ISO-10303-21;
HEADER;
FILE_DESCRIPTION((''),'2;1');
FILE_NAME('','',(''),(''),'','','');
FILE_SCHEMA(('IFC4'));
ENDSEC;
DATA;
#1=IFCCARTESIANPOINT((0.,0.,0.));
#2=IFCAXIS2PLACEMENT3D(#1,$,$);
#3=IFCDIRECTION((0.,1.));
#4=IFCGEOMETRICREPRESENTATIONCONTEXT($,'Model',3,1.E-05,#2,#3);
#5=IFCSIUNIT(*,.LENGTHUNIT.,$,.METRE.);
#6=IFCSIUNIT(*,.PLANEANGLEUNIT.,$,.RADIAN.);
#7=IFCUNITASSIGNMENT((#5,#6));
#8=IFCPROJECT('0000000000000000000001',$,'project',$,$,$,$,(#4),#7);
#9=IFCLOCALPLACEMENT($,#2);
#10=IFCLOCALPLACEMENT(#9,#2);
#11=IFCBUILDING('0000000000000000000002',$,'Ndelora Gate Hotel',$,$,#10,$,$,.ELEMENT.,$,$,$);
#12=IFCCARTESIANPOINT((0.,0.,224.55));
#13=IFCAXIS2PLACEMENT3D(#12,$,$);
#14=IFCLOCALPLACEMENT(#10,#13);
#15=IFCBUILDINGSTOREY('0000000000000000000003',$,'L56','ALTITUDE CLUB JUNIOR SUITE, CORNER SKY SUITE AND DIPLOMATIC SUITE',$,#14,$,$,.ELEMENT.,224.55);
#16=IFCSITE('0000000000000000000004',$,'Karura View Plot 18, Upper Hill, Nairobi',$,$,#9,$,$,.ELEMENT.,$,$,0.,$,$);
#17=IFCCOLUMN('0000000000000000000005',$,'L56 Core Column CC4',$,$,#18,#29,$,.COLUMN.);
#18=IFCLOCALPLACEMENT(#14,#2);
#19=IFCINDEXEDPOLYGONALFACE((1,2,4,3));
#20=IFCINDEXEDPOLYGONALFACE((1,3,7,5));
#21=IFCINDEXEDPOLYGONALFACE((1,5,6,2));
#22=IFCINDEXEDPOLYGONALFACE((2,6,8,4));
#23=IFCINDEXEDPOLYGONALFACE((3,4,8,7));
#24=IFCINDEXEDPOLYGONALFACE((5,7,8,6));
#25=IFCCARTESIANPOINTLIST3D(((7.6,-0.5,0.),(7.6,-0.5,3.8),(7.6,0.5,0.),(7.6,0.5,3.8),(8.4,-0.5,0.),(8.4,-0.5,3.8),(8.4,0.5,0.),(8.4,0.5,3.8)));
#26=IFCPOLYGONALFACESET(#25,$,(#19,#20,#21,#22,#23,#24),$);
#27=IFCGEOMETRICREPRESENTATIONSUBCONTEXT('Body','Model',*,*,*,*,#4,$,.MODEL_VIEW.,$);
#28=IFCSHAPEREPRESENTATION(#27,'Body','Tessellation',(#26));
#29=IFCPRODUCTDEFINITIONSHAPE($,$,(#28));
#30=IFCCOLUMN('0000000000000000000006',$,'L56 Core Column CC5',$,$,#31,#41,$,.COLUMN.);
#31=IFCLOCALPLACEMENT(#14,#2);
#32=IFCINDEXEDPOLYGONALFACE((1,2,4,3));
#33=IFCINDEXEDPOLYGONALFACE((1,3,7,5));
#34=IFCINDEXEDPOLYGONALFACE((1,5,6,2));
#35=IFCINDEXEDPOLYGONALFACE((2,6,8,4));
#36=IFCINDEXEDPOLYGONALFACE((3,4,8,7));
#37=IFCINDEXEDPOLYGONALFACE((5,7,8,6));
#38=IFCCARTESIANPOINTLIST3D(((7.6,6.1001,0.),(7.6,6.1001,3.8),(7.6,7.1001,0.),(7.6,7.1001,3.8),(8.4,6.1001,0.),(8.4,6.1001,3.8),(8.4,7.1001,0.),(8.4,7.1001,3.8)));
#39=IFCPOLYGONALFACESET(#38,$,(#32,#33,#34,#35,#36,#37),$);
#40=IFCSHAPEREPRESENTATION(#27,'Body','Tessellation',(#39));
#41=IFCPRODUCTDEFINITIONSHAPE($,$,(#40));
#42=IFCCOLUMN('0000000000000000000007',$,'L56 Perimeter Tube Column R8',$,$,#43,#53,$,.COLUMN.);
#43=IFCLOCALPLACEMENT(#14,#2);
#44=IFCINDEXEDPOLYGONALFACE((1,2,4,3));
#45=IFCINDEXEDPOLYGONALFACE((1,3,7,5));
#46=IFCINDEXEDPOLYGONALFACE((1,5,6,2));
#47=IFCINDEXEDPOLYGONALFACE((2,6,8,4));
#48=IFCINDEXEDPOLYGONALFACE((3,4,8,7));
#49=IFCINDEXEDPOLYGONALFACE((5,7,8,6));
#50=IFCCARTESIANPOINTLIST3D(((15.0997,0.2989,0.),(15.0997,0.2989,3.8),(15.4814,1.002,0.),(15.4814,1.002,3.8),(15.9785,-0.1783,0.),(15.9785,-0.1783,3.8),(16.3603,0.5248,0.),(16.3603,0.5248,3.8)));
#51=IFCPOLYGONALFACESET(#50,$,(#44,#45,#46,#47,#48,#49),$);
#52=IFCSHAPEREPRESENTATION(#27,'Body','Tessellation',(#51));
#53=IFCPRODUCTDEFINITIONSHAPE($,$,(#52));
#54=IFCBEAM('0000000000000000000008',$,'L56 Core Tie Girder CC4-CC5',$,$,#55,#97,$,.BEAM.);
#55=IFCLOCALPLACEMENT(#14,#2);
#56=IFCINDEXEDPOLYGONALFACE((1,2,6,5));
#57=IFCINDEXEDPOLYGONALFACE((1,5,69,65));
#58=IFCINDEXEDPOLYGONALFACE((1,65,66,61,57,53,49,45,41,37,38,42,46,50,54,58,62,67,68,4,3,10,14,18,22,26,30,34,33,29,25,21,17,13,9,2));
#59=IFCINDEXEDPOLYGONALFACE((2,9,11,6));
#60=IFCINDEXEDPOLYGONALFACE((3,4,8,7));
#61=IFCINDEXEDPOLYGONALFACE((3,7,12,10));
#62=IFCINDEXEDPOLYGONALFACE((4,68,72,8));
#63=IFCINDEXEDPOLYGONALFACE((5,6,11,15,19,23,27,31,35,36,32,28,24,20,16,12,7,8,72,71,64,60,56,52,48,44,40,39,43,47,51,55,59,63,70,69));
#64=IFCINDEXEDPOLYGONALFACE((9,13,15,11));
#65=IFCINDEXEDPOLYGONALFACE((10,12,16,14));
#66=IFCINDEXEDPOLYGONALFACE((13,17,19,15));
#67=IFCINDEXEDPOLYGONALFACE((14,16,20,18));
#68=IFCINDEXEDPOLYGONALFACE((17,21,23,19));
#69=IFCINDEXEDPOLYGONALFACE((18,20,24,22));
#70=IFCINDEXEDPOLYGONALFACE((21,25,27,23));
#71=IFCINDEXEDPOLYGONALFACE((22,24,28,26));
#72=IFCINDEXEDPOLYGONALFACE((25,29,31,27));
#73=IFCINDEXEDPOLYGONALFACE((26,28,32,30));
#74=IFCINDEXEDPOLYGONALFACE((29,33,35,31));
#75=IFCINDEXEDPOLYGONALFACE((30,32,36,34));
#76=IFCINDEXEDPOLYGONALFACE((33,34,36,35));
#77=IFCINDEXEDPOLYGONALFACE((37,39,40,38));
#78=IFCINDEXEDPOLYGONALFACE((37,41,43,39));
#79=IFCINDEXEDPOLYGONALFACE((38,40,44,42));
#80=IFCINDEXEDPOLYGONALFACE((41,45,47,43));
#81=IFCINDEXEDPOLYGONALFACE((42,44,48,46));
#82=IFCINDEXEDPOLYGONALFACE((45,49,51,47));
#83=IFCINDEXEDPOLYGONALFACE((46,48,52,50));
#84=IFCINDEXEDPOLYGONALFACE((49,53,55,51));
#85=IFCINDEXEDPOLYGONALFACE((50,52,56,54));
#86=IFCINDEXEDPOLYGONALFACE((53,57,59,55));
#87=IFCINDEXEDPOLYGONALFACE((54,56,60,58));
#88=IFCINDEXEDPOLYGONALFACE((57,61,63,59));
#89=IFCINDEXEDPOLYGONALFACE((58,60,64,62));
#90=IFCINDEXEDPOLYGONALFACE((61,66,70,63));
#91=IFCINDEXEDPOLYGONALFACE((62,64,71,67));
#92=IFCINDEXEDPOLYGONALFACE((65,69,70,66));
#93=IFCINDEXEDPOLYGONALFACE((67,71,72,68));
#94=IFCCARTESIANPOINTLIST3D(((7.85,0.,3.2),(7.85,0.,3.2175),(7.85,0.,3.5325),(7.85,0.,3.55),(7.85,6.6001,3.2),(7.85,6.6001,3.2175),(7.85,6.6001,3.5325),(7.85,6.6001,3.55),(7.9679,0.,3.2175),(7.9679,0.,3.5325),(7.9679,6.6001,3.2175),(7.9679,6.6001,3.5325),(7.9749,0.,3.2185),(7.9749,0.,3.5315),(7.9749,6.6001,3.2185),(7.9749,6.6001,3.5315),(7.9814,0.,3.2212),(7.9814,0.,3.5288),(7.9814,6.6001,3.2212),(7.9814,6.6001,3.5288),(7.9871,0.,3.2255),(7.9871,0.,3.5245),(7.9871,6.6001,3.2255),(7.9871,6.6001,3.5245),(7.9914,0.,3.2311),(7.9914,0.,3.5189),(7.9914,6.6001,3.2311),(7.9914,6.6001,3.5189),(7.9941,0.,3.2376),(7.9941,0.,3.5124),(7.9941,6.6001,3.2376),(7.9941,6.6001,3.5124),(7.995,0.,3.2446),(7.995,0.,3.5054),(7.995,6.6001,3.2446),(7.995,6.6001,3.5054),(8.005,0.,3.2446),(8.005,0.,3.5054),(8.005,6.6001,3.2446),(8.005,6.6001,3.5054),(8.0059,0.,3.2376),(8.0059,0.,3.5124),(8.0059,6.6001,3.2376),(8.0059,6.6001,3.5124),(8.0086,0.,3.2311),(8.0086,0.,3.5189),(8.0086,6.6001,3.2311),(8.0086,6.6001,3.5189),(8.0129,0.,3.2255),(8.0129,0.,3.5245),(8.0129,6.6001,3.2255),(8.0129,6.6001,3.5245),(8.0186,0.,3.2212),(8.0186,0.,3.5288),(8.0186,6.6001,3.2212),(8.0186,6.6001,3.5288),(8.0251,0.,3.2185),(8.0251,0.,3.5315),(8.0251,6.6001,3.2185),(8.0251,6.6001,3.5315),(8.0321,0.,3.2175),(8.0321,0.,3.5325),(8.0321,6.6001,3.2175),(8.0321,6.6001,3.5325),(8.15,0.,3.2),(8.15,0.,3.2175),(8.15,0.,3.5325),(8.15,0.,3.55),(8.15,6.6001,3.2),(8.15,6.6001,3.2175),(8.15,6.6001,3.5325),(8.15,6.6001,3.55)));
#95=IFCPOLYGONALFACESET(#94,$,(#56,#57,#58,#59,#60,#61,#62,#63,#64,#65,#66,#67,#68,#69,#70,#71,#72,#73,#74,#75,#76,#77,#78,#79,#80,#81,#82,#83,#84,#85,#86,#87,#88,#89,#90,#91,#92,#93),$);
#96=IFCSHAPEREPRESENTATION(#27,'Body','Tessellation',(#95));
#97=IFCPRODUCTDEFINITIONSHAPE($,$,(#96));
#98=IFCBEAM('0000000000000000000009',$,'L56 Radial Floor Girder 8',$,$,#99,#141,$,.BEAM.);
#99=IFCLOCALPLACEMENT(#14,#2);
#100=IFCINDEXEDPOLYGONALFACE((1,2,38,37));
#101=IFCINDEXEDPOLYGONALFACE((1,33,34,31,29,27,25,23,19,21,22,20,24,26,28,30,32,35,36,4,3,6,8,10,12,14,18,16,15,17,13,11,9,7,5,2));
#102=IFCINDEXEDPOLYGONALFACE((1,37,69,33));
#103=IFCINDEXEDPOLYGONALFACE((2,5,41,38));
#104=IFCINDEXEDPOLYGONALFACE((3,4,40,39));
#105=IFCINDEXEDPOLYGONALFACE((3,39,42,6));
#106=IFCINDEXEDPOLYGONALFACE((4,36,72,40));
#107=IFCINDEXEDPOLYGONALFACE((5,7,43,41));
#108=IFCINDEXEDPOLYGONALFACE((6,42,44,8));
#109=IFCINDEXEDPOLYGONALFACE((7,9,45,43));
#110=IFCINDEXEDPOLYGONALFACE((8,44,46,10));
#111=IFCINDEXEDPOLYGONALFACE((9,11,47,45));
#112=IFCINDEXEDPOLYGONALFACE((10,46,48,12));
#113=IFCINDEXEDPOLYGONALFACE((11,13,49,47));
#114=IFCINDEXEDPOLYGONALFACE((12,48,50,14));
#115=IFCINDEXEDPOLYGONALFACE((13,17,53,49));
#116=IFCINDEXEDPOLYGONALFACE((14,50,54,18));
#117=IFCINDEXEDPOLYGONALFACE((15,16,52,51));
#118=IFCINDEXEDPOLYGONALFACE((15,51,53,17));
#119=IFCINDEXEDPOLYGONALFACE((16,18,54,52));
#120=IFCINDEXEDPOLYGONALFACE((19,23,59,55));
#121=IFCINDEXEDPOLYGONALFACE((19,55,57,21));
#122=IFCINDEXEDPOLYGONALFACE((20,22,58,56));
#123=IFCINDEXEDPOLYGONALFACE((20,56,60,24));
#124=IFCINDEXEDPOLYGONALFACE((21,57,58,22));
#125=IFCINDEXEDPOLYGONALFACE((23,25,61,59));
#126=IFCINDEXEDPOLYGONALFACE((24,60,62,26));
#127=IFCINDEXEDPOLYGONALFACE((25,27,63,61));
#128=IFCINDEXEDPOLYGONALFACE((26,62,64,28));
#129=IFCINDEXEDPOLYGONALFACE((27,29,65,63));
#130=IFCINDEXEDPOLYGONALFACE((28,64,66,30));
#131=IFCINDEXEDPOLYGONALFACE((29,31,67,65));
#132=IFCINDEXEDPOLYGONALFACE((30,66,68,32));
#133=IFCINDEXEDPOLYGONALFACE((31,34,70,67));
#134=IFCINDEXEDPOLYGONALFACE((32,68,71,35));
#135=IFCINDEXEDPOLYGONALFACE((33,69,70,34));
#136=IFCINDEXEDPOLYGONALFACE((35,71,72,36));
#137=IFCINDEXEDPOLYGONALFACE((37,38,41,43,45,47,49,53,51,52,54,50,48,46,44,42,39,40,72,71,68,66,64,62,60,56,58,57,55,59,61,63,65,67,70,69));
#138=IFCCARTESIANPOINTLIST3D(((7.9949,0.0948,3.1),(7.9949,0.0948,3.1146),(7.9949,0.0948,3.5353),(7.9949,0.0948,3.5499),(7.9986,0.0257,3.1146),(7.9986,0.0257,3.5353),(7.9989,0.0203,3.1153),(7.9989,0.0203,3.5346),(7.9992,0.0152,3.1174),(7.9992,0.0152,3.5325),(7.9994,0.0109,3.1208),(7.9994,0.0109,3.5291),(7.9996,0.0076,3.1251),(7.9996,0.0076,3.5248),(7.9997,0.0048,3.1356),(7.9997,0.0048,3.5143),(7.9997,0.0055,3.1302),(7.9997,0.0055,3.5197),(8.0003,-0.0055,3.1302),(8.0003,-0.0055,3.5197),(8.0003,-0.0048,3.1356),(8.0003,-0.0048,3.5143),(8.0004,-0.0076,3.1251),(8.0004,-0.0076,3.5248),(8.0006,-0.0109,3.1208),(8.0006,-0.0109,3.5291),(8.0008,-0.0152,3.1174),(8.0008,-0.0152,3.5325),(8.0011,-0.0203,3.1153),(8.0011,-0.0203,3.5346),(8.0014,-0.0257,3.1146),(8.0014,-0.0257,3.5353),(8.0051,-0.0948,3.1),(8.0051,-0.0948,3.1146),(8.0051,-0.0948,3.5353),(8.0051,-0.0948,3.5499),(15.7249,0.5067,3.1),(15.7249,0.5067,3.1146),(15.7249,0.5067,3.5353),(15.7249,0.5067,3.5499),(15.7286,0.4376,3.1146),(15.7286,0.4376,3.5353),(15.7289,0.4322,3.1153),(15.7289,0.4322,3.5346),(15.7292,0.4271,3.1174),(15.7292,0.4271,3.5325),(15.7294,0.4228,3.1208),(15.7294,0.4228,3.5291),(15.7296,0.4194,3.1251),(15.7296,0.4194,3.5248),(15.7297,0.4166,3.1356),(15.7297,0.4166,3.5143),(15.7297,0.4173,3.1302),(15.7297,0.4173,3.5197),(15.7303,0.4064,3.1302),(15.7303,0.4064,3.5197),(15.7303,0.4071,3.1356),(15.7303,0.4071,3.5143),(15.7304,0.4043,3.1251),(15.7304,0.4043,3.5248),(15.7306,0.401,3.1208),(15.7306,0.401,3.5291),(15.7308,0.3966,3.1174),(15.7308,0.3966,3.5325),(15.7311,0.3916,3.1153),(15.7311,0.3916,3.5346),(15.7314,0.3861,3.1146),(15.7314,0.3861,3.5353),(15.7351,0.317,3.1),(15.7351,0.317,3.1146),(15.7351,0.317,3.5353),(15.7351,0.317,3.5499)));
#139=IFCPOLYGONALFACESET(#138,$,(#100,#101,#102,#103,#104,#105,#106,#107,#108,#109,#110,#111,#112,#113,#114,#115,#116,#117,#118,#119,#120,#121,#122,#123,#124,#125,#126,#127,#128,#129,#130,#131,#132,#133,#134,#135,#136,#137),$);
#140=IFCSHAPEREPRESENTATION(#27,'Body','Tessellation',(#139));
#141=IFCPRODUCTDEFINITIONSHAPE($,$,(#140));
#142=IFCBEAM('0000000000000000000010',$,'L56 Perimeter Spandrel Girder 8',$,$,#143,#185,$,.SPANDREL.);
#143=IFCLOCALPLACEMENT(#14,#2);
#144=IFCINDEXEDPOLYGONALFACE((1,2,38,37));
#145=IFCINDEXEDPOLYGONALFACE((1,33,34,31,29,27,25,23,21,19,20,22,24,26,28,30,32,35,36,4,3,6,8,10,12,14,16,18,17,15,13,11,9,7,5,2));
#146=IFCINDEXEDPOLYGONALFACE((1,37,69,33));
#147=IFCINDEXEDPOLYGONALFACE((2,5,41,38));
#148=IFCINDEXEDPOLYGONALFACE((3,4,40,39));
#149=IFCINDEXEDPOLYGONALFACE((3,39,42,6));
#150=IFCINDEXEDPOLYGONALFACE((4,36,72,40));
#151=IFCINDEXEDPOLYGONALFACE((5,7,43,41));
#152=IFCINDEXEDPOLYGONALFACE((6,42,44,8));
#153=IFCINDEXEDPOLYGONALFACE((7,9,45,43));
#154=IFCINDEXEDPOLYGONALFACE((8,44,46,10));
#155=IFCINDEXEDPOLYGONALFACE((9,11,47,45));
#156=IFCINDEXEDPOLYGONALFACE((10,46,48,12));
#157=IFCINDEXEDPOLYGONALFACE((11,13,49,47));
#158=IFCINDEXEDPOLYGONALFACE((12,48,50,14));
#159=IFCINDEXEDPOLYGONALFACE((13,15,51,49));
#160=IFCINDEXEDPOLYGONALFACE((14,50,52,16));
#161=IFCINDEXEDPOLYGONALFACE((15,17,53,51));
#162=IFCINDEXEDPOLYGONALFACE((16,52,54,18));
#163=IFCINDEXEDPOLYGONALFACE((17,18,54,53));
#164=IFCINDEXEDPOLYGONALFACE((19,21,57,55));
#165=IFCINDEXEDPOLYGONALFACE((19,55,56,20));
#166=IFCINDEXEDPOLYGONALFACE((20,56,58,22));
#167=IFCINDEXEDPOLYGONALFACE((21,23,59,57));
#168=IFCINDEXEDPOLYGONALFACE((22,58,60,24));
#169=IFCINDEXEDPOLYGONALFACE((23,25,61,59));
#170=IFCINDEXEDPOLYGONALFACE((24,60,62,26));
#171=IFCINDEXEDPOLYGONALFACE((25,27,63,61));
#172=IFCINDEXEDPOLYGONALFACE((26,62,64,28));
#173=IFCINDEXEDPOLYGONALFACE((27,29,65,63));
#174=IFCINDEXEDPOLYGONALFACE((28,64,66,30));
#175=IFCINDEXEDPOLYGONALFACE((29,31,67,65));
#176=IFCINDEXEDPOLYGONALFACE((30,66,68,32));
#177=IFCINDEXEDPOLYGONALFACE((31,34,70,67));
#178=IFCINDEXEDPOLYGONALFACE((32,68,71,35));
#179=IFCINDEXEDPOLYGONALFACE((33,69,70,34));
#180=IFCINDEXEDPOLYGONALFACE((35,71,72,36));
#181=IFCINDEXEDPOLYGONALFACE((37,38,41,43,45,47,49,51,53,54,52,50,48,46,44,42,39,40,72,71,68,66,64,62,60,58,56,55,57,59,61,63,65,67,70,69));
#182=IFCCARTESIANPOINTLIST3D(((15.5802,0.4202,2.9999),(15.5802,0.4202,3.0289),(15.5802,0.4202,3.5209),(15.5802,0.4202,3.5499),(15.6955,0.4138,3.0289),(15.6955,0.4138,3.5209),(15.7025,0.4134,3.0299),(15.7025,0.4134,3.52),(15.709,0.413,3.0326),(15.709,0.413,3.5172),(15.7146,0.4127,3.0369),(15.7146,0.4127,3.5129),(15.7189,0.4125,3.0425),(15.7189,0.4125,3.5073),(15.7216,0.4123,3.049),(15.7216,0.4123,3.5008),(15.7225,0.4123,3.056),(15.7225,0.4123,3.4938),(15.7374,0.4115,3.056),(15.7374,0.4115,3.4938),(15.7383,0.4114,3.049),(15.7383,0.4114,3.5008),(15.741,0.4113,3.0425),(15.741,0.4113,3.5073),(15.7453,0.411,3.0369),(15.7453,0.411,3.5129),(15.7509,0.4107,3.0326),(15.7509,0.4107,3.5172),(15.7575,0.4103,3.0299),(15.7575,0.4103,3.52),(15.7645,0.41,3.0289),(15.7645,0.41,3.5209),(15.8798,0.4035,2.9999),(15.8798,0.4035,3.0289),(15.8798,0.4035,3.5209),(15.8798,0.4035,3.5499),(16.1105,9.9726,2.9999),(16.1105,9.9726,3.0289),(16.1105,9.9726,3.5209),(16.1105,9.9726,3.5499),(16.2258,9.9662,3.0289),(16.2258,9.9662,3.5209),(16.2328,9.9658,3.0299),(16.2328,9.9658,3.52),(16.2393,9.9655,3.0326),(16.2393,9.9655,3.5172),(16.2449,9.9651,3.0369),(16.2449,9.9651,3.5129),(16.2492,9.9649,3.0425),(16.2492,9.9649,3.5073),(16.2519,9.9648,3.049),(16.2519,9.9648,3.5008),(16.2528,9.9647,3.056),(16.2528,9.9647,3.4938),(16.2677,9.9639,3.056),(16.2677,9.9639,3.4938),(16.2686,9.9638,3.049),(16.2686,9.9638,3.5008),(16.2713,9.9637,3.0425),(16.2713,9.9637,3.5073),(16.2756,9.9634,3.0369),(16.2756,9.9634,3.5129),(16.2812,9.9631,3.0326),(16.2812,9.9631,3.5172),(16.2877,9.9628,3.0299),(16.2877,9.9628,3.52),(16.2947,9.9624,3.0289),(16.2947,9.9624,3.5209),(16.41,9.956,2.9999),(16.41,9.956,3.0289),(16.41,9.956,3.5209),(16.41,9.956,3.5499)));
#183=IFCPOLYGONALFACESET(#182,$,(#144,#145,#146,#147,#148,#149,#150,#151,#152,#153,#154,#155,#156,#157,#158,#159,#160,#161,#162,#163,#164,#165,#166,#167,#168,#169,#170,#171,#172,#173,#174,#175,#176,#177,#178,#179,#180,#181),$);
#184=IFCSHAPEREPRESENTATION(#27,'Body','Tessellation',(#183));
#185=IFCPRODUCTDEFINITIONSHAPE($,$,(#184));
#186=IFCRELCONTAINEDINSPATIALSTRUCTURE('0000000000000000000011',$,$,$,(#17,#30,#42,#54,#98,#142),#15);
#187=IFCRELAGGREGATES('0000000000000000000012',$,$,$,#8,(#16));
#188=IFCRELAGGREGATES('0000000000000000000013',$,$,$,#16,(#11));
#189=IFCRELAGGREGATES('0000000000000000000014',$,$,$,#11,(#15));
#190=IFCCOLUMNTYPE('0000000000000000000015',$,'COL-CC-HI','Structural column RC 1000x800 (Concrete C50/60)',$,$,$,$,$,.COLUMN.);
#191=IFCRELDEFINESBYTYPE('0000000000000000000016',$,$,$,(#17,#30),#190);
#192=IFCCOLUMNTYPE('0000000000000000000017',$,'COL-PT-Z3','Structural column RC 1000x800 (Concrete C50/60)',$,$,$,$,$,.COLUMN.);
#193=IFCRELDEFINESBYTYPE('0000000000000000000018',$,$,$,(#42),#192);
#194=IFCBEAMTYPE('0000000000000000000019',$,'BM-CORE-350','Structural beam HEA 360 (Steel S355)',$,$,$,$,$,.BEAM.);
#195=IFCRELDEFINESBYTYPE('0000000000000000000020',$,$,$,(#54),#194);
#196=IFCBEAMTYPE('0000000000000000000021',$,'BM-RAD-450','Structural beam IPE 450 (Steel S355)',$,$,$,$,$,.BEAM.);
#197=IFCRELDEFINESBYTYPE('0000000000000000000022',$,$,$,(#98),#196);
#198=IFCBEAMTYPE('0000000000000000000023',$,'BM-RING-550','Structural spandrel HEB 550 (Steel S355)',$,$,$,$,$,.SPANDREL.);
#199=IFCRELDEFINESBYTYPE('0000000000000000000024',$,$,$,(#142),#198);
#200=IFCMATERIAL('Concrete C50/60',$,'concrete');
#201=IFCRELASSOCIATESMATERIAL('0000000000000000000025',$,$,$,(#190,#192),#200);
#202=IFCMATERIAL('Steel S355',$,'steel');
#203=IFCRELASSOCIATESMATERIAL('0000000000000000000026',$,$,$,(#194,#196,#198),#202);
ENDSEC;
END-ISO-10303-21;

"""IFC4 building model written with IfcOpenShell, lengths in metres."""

from ifc_helpers import new_model, si_unit, direction, frame, origin, origin_2d, place, context, subcontext, project, spatial, rectangle, i_section, extrude, material, material_profile, profile_set, type_object, element, save


model = new_model("IFC4")

# Units and contexts
model_context = context("Model", 3, precision=1e-05, world=origin(), true_north=direction((0.0, 1.0)))
body_context = subcontext(model_context, "Body", "Model", "MODEL_VIEW")
ifc_project = project(units=[si_unit("LENGTHUNIT", "METRE"), si_unit("PLANEANGLEUNIT", "RADIAN")], contexts=[model_context])

# Site, building, storey
site_placement = place(None, origin())
site = spatial("IfcSite", under=ifc_project, at=site_placement, Name="Karura View Plot 18, Upper Hill, Nairobi", CompositionType="ELEMENT", RefElevation=0.0)
building_placement = place(site_placement, origin())
building = spatial("IfcBuilding", under=site, at=building_placement, Name="Ndelora Gate Hotel", CompositionType="ELEMENT")
storey_placement = place(building_placement, frame((0.0, 0.0, 224.55)))
storey = spatial("IfcBuildingStorey", under=building, at=storey_placement, Name="L56", Description="ALTITUDE CLUB JUNIOR SUITE, CORNER SKY SUITE AND DIPLOMATIC SUITE", CompositionType="ELEMENT", Elevation=224.55)

# Columns
ifc_material_1 = material(Name="Concrete C50/60", Category="concrete")
ifc_material_profile_1 = material_profile(ifc_material_1, rectangle(XDim=0.8, YDim=1.0, at=origin_2d()), Name="RC 1000x800")
ifc_profile_set_1 = profile_set([ifc_material_profile_1], Name="Concrete C50/60")
column_type_1 = type_object("IfcColumnType", Name="COL-CC-HI", Description="Structural column RC 1000x800 (Concrete C50/60)", PredefinedType="COLUMN", material=ifc_profile_set_1)
for number, where, z_axis, x_axis, name in (
    (1, (8.0, 0.0, 0.0), (0.0, 0.0, 1.0), (1.0, 0.0, 0.0), "L56 Core Column CC4"),
    (2, (8.0, 6.6001, 0.0), (0.0, 0.0, 1.0), (1.0, 0.0, 0.0), "L56 Core Column CC5"),
):
    element("IfcColumn", number, at=place(storey_placement, frame(where, z_axis=z_axis, x_axis=x_axis)), inside=storey, type_object=column_type_1, Name=name, PredefinedType="COLUMN", context=body_context, shape_type="SweptSolid", body=[
        extrude(rectangle(XDim=0.8, YDim=1.0, at=origin_2d()), origin(), (0.0, 0.0, 1.0), 3.8),
    ])
ifc_material_profile_2 = material_profile(ifc_material_1, rectangle(XDim=0.8, YDim=1.0, at=origin_2d()), Name="RC 1000x800")
ifc_profile_set_2 = profile_set([ifc_material_profile_2], Name="Concrete C50/60")
column_type_2 = type_object("IfcColumnType", Name="COL-PT-Z3", Description="Structural column RC 1000x800 (Concrete C50/60)", PredefinedType="COLUMN", material=ifc_profile_set_2)
column_placement = place(storey_placement, frame((15.73, 0.4119, 0.0), z_axis=(0.0, 0.0, 1.0), x_axis=(0.477159, 0.878817, 0.0)))
element("IfcColumn", 3, at=column_placement, inside=storey, type_object=column_type_2, Name="L56 Perimeter Tube Column R8", PredefinedType="COLUMN", context=body_context, shape_type="SweptSolid", body=[
    extrude(rectangle(XDim=0.8, YDim=1.0, at=origin_2d()), origin(), (0.0, 0.0, 1.0), 3.8),
])

# Beams
ifc_material_2 = material(Name="Steel S355", Category="steel")
ifc_material_profile_3 = material_profile(ifc_material_2, i_section(OverallWidth=0.3, OverallDepth=0.3501, WebThickness=0.01, FlangeThickness=0.0176, FilletRadius=0.0271, at=origin_2d()), Name="HEA 360")
ifc_profile_set_3 = profile_set([ifc_material_profile_3], Name="Steel S355")
beam_type_1 = type_object("IfcBeamType", Name="BM-CORE-350", Description="Structural beam HEA 360 (Steel S355)", PredefinedType="BEAM", material=ifc_profile_set_3)
beam_1_placement = place(storey_placement, frame((8.0, 0.0, 3.375), z_axis=(0.0, 1.0, 0.0), x_axis=(-1.0, 0.0, 0.0)))
element("IfcBeam", 4, at=beam_1_placement, inside=storey, type_object=beam_type_1, Name="L56 Core Tie Girder CC4-CC5", PredefinedType="BEAM", context=body_context, shape_type="SweptSolid", body=[
    extrude(i_section(OverallWidth=0.3, OverallDepth=0.3501, WebThickness=0.01, FlangeThickness=0.0176, FilletRadius=0.0271, at=origin_2d()), origin(), (0.0, 0.0, 1.0), 6.6001),
])
ifc_material_profile_4 = material_profile(ifc_material_2, i_section(OverallWidth=0.1899, OverallDepth=0.45, WebThickness=0.0095, FlangeThickness=0.0146, FilletRadius=0.021, at=origin_2d()), Name="IPE 450")
ifc_profile_set_4 = profile_set([ifc_material_profile_4], Name="Steel S355")
beam_type_2 = type_object("IfcBeamType", Name="BM-RAD-450", Description="Structural beam IPE 450 (Steel S355)", PredefinedType="BEAM", material=ifc_profile_set_4)
beam_2_placement = place(storey_placement, frame((8.0, 0.0, 3.325), z_axis=(0.998584, 0.053206, 0.0), x_axis=(-0.053206, 0.998584, 0.0)))
element("IfcBeam", 5, at=beam_2_placement, inside=storey, type_object=beam_type_2, Name="L56 Radial Floor Girder 8", PredefinedType="BEAM", context=body_context, shape_type="SweptSolid", body=[
    extrude(i_section(OverallWidth=0.1899, OverallDepth=0.45, WebThickness=0.0095, FlangeThickness=0.0146, FilletRadius=0.021, at=origin_2d()), origin(), (0.0, 0.0, 1.0), 7.741),
])
ifc_material_profile_5 = material_profile(ifc_material_2, i_section(OverallWidth=0.3, OverallDepth=0.55, WebThickness=0.0149, FlangeThickness=0.0291, FilletRadius=0.0271, at=origin_2d()), Name="HEB 550")
ifc_profile_set_5 = profile_set([ifc_material_profile_5], Name="Steel S355")
beam_type_3 = type_object("IfcBeamType", Name="BM-RING-550", Description="Structural spandrel HEB 550 (Steel S355)", PredefinedType="SPANDREL", material=ifc_profile_set_5)
beam_3_placement = place(storey_placement, frame((15.73, 0.4119, 3.2749), z_axis=(0.055426, 0.998463, 0.0), x_axis=(-0.998463, 0.055426, 0.0)))
element("IfcBeam", 6, at=beam_3_placement, inside=storey, type_object=beam_type_3, Name="L56 Perimeter Spandrel Girder 8", PredefinedType="SPANDREL", context=body_context, shape_type="SweptSolid", body=[
    extrude(i_section(OverallWidth=0.3, OverallDepth=0.55, WebThickness=0.0149, FlangeThickness=0.0291, FilletRadius=0.0271, at=origin_2d()), origin(), (0.0, 0.0, 1.0), 9.5671),
])

save(model, "model.ifc")
